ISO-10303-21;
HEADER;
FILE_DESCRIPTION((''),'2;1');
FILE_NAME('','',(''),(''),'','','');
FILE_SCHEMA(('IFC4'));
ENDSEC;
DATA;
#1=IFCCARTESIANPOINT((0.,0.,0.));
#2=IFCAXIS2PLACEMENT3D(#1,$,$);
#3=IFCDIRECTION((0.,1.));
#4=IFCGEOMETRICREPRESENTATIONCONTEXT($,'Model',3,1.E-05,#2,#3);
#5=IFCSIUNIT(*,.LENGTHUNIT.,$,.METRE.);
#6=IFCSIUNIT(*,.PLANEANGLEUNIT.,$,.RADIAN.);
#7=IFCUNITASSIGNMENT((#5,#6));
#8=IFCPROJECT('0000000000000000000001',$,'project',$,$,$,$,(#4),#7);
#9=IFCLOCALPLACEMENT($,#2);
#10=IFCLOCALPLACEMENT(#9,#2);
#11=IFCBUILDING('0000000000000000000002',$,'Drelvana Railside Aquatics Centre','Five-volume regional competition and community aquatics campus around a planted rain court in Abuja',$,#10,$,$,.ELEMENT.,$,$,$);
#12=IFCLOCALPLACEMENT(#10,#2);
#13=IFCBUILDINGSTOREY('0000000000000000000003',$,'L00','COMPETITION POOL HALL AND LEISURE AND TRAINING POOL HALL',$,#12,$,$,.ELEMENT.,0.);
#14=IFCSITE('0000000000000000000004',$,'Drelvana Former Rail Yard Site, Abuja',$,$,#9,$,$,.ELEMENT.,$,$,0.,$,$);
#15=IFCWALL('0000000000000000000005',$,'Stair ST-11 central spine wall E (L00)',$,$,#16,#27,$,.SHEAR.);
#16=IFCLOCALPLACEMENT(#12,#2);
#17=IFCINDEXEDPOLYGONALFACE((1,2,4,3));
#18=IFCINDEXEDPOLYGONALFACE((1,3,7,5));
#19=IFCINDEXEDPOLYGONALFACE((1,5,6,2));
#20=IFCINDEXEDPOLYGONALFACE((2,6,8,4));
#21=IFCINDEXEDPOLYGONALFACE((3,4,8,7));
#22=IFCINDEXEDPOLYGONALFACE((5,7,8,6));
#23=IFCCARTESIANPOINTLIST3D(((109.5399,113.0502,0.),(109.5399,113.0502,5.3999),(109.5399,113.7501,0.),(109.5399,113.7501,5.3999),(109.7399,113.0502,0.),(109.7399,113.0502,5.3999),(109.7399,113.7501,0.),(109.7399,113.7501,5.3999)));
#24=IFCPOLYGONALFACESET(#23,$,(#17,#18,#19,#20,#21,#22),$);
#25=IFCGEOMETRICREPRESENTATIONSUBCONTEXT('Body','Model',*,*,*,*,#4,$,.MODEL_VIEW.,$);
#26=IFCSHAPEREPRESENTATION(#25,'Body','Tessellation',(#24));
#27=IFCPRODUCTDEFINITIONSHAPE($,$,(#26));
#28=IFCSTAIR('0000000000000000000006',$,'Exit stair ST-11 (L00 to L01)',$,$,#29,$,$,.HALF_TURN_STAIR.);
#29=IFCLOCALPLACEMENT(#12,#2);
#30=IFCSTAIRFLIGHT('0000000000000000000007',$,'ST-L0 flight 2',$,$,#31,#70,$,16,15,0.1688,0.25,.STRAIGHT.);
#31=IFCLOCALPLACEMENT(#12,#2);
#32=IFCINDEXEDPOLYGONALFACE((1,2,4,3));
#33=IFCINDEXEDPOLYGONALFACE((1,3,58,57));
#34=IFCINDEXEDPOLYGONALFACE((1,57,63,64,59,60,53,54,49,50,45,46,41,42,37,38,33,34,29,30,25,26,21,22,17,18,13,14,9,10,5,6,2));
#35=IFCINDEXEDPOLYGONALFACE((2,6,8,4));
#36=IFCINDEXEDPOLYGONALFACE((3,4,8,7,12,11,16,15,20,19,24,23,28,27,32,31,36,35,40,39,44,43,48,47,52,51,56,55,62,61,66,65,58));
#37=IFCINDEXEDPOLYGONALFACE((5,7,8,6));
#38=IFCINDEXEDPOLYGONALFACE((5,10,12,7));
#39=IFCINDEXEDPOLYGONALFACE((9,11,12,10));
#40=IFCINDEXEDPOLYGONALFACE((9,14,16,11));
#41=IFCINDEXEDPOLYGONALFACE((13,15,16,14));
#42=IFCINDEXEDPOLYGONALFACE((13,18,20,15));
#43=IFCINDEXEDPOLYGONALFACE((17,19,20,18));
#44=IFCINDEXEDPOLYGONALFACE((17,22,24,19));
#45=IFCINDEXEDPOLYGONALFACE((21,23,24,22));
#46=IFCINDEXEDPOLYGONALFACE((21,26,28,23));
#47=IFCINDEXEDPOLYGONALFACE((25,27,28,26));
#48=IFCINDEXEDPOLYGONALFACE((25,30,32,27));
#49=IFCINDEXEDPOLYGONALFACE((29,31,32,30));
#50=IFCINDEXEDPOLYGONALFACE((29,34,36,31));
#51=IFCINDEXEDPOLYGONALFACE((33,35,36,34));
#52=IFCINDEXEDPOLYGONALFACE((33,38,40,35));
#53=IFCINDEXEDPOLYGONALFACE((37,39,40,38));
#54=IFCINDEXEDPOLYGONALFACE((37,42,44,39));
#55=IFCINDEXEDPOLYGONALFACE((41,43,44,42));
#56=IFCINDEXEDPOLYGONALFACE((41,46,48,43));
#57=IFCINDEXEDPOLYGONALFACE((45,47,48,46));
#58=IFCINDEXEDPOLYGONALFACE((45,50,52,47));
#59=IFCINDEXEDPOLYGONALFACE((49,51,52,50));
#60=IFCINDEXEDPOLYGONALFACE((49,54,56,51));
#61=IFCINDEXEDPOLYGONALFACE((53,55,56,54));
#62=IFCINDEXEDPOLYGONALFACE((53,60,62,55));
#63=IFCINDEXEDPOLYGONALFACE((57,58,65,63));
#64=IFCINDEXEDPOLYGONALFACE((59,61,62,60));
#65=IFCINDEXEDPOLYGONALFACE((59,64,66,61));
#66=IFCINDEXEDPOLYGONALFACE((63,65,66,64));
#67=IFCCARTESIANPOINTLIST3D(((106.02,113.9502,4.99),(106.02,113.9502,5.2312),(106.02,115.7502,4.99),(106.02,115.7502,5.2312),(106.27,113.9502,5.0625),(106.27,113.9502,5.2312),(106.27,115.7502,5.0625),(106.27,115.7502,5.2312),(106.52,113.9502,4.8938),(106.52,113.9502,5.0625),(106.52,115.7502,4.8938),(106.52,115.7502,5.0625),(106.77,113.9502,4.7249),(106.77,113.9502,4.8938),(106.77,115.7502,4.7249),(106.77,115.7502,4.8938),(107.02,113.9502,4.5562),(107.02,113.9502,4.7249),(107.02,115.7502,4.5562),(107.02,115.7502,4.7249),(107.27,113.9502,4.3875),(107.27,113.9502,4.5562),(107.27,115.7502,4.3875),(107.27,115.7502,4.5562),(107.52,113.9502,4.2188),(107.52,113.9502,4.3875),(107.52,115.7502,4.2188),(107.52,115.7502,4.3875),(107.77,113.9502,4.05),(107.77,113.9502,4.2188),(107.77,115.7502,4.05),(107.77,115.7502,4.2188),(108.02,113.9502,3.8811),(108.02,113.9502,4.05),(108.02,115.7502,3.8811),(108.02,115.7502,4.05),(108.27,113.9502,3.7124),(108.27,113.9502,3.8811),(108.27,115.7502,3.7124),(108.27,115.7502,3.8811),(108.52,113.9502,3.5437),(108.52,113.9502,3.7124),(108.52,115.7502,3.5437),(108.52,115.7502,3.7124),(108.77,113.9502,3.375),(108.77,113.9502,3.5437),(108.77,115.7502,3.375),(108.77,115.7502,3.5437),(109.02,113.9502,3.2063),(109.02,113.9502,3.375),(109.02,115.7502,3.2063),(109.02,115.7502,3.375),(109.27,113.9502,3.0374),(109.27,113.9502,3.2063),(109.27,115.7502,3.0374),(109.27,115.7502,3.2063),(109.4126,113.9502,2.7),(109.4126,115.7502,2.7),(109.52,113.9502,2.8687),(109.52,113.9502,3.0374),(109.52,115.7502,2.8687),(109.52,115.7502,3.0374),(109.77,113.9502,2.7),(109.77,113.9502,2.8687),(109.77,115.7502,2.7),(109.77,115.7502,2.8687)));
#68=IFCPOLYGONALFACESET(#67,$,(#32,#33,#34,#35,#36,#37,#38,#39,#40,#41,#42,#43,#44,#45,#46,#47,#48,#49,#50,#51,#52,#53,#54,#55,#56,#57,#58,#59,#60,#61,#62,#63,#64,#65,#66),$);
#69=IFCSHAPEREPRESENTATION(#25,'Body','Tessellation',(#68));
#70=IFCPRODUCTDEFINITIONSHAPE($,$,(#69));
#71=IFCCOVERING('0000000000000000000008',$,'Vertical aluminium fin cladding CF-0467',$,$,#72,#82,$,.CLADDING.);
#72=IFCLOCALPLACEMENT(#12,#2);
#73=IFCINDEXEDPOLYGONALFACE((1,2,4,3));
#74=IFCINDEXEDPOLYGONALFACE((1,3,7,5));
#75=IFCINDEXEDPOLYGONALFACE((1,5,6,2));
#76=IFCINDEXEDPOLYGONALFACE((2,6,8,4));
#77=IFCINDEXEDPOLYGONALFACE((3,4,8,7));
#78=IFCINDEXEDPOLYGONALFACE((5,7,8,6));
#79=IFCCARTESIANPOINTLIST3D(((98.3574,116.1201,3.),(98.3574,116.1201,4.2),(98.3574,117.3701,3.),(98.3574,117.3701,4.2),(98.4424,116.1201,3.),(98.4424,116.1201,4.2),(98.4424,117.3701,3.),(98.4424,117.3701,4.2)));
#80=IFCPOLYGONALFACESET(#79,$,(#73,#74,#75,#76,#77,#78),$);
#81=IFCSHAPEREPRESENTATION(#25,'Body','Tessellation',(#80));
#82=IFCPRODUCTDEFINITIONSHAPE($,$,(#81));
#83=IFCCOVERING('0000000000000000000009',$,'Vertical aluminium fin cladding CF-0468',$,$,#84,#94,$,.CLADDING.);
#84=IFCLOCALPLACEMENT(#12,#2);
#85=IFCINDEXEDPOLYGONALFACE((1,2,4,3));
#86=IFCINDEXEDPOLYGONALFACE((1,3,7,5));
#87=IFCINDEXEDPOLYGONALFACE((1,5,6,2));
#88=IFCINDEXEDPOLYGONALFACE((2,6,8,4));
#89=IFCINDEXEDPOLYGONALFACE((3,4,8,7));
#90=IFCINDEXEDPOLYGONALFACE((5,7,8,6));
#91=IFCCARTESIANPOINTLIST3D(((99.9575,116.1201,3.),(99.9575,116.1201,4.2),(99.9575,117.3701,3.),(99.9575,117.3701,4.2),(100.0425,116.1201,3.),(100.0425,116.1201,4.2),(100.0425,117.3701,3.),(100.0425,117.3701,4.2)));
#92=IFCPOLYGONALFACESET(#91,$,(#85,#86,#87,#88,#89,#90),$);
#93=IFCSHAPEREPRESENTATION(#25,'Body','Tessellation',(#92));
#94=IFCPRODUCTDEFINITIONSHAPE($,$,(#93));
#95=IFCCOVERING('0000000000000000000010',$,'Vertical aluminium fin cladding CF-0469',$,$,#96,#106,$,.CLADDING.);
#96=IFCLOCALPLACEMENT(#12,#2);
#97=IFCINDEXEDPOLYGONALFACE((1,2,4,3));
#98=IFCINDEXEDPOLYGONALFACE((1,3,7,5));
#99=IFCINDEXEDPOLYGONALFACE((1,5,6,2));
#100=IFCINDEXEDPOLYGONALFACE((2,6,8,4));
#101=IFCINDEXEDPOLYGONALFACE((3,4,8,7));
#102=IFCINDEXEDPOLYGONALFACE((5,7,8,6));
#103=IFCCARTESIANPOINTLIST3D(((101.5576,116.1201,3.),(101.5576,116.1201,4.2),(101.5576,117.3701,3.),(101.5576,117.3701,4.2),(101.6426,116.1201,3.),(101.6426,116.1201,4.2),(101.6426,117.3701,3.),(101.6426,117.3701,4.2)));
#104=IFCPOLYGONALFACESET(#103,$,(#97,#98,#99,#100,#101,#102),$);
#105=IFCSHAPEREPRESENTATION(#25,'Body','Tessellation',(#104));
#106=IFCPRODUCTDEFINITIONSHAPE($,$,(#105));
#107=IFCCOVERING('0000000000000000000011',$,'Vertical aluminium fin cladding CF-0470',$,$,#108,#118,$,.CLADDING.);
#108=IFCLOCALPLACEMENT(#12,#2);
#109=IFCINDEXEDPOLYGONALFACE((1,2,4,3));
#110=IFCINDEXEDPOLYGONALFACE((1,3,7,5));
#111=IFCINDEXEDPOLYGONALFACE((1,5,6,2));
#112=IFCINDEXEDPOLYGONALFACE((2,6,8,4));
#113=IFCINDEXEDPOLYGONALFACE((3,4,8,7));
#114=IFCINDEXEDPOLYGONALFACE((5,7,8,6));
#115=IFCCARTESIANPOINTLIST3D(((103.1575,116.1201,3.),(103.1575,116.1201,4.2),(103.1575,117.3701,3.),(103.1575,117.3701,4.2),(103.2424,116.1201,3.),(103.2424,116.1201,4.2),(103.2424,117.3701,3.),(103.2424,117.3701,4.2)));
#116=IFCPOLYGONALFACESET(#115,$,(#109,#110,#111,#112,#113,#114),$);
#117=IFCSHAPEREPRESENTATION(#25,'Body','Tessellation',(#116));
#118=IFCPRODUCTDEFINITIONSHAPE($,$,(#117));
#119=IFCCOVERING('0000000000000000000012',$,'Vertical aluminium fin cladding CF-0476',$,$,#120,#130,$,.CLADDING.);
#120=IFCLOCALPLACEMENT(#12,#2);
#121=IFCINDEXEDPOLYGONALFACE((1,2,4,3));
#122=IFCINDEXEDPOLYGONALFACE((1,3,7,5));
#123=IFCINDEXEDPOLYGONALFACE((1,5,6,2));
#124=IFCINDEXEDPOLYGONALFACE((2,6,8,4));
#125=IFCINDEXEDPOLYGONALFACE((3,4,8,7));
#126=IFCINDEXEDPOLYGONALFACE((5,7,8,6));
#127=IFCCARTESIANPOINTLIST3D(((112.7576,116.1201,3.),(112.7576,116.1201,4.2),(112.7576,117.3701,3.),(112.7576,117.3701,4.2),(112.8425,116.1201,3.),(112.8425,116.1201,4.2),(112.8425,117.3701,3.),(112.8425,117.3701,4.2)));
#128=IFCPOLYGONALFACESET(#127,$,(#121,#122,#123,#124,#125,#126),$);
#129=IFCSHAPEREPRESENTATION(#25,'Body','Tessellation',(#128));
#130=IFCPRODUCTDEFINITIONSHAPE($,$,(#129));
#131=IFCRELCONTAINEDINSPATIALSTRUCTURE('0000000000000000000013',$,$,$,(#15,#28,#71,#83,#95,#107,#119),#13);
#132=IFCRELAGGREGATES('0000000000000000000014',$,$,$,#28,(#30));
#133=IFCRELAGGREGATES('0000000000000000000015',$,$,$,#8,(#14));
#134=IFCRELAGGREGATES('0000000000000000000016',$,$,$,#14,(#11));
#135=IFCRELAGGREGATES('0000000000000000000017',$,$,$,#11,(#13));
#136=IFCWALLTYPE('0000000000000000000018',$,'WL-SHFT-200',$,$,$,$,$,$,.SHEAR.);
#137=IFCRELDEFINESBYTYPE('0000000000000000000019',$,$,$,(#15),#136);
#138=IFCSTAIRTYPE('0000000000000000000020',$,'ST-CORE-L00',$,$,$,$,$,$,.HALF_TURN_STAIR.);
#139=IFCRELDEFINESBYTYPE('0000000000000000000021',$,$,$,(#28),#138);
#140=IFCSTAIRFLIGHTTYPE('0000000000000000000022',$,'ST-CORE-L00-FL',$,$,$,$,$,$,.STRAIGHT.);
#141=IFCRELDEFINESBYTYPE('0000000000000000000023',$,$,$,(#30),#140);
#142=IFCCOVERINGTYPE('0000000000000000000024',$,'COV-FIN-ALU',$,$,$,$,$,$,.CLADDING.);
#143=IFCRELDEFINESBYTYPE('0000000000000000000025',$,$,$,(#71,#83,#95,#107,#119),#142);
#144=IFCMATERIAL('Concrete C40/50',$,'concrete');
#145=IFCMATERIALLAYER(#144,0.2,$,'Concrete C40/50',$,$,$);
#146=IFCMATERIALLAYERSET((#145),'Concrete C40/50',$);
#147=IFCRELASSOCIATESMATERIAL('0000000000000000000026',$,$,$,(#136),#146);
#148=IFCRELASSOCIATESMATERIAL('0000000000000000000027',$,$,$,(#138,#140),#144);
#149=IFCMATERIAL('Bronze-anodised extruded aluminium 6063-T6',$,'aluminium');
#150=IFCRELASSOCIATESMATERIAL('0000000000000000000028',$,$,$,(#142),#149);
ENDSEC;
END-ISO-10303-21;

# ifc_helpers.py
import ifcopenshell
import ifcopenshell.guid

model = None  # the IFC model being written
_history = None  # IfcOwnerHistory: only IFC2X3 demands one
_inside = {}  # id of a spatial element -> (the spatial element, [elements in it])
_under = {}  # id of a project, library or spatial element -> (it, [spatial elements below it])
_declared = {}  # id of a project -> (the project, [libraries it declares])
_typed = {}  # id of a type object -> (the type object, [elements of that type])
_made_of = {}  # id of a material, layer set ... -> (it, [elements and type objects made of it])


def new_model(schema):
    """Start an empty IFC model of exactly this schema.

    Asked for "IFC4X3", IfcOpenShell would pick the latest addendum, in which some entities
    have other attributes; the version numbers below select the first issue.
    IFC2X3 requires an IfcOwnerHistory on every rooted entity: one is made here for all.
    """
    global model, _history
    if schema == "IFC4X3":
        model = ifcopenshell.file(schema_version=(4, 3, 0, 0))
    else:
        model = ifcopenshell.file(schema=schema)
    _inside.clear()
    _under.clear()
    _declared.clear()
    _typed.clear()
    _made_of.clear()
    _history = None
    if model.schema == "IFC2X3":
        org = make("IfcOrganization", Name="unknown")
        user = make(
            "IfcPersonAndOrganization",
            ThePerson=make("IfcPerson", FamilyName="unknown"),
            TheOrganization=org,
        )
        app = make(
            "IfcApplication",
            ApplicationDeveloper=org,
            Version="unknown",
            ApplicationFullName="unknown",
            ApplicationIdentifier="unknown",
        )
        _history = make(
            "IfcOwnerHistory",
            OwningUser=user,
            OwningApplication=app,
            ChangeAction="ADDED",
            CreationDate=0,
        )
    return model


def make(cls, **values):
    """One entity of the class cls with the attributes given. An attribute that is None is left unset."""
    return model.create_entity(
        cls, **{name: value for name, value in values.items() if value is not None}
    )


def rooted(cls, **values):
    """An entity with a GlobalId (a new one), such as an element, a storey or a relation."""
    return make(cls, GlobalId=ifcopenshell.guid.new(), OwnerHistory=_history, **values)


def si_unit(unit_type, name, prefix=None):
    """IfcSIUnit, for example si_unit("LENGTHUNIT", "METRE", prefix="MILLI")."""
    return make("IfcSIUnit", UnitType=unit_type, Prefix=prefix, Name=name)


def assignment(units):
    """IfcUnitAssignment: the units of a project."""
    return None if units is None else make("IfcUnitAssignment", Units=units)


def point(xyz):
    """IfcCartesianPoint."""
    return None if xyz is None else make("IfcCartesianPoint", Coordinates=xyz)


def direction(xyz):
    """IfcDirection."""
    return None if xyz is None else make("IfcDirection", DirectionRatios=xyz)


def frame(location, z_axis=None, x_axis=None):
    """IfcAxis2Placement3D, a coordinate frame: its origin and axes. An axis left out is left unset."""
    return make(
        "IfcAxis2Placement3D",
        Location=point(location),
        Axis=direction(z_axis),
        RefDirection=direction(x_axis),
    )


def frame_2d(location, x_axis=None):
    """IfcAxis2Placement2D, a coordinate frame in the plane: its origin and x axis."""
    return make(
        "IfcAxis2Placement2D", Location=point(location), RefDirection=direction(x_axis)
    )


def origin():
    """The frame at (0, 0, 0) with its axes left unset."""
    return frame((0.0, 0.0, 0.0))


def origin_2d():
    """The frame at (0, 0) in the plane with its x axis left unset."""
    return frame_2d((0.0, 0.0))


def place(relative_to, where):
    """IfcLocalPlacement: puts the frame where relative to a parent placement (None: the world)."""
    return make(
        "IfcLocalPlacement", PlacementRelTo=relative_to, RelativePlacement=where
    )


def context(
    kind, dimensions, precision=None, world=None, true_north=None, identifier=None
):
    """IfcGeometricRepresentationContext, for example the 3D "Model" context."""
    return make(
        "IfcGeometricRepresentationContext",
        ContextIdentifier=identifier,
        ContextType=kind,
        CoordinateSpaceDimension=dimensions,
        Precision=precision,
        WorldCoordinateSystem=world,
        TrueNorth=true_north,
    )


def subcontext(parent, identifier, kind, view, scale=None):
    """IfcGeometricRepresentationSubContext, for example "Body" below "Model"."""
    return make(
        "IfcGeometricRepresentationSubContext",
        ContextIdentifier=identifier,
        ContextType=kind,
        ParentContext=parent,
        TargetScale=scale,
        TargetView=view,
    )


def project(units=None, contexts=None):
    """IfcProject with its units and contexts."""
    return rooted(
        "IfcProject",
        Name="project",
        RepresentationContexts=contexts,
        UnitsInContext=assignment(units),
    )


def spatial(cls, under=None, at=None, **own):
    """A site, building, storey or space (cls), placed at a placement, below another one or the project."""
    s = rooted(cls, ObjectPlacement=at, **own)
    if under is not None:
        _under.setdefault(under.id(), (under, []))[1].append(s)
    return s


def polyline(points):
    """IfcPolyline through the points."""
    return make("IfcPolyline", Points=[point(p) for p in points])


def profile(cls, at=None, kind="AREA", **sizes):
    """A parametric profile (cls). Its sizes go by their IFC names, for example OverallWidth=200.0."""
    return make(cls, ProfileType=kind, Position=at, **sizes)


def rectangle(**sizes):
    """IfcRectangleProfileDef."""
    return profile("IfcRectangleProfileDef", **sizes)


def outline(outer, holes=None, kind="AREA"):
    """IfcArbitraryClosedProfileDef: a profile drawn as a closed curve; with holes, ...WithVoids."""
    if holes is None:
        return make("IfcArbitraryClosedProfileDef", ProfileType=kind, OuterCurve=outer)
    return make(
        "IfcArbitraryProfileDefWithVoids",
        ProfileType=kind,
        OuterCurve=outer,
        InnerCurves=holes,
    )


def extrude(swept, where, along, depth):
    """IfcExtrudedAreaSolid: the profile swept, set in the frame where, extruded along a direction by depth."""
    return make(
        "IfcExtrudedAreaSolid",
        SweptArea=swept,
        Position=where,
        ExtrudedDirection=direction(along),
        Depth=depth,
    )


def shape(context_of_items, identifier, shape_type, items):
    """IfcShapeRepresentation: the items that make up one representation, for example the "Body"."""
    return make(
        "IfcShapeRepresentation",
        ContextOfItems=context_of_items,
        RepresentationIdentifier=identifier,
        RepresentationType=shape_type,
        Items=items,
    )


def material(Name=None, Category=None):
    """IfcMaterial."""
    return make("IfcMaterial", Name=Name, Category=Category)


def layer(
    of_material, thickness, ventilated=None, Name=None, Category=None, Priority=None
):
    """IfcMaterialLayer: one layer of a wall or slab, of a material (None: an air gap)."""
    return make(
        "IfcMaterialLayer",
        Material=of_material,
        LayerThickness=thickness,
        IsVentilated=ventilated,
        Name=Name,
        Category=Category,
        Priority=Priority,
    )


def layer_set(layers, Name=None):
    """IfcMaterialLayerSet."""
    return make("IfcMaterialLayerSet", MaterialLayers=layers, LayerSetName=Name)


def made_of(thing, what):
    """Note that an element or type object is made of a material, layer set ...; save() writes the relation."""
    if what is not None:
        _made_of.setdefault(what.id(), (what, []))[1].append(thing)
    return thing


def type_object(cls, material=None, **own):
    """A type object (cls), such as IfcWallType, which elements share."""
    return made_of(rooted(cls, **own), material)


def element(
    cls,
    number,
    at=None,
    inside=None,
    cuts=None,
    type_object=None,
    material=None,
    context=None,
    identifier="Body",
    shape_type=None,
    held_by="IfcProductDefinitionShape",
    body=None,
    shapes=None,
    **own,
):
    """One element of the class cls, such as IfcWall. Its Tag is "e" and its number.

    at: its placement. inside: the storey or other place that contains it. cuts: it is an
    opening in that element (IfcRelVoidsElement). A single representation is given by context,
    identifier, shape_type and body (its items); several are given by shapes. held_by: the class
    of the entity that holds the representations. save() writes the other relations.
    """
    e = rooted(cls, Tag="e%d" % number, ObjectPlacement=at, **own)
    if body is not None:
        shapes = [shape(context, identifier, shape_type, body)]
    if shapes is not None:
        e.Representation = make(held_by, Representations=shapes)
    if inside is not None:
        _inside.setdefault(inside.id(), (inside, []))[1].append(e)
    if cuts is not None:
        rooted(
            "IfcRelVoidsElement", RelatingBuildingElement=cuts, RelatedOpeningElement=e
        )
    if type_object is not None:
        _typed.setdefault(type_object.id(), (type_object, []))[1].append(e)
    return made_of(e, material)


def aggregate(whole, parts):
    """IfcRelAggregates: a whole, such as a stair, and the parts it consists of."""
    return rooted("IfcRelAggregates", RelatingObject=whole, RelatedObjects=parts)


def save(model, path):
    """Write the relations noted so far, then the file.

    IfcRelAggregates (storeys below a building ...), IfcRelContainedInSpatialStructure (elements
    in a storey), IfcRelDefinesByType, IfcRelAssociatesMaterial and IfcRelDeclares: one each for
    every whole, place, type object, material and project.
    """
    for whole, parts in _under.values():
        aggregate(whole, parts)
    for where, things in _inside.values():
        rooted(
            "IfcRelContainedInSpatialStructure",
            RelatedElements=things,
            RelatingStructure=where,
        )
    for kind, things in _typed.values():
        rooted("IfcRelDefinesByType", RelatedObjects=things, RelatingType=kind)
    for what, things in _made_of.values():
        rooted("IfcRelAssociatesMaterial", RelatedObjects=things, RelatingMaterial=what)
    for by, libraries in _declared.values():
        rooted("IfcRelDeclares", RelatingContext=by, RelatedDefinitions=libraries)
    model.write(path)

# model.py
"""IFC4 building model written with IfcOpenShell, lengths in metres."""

from ifc_helpers import new_model, si_unit, direction, frame, frame_2d, origin, origin_2d, place, context, subcontext, project, spatial, polyline, rectangle, outline, extrude, material, layer, layer_set, type_object, element, aggregate, save


model = new_model("IFC4")

# Units and contexts
model_context = context("Model", 3, precision=1e-05, world=origin(), true_north=direction((0.0, 1.0)))
body_context = subcontext(model_context, "Body", "Model", "MODEL_VIEW")
ifc_project = project(units=[si_unit("LENGTHUNIT", "METRE"), si_unit("PLANEANGLEUNIT", "RADIAN")], contexts=[model_context])

# Site, building, storey
site_placement = place(None, origin())
site = spatial("IfcSite", under=ifc_project, at=site_placement, Name="Drelvana Former Rail Yard Site, Abuja", CompositionType="ELEMENT", RefElevation=0.0)
building_placement = place(site_placement, origin())
building = spatial("IfcBuilding", under=site, at=building_placement, Name="Drelvana Railside Aquatics Centre", Description="Five-volume regional competition and community aquatics campus around a planted rain court in Abuja", CompositionType="ELEMENT")
storey_placement = place(building_placement, origin())
storey = spatial("IfcBuildingStorey", under=building, at=storey_placement, Name="L00", Description="COMPETITION POOL HALL AND LEISURE AND TRAINING POOL HALL", CompositionType="ELEMENT", Elevation=0.0)

# Shared definitions
ifc_material_1 = material(Name="Concrete C40/50", Category="concrete")

# Wall
ifc_layer_1 = layer(ifc_material_1, 0.2, Name="Concrete C40/50")
ifc_layer_set_1 = layer_set([ifc_layer_1], Name="Concrete C40/50")
wall_type_1 = type_object("IfcWallType", Name="WL-SHFT-200", PredefinedType="SHEAR", material=ifc_layer_set_1)
for number, where, z_axis, x_axis, name in (
    (1, (109.6399, 113.05, 0.0), (0.0, 0.0, 1.0), (0.0, 1.0, 0.0), "Stair ST-11 central spine wall E (L00)"),
):
    element("IfcWall", number, at=place(storey_placement, frame(where, z_axis=z_axis, x_axis=x_axis)), inside=storey, type_object=wall_type_1, Name=name, PredefinedType="SHEAR", context=body_context, shape_type="SweptSolid", body=[
        extrude(rectangle(XDim=0.7, YDim=0.2, at=frame_2d((0.3501, 0.0))), origin(), (0.0, 0.0, 1.0), 5.3999),
    ])

# Stair, stair flight
stair_type = type_object("IfcStairType", Name="ST-CORE-L00", PredefinedType="HALF_TURN_STAIR", material=ifc_material_1)
stair_placement = place(storey_placement, origin())
stair = element("IfcStair", 2, at=stair_placement, inside=storey, type_object=stair_type, Name="Exit stair ST-11 (L00 to L01)", PredefinedType="HALF_TURN_STAIR")
stair_flight_type = type_object("IfcStairFlightType", Name="ST-CORE-L00-FL", PredefinedType="STRAIGHT", material=ifc_material_1)
stair_flight_placement = place(storey_placement, frame((109.77, 114.8501, 2.7), z_axis=(0.0, 0.0, 1.0), x_axis=(-1.0, 0.0, 0.0)))
stair_flight = element("IfcStairFlight", 3, at=stair_flight_placement, type_object=stair_flight_type, Name="ST-L0 flight 2", NumberOfRisers=16, NumberOfTreads=15, PredefinedType="STRAIGHT", RiserHeight=0.1688, TreadLength=0.25, context=body_context, shape_type="SweptSolid", body=[
    extrude(outline(polyline([(0.0, 0.0), (0.0, 0.1687), (0.25, 0.1687), (0.25, 0.3374), (0.5, 0.3374), (0.5, 0.5063), (0.75, 0.5063), (0.75, 0.675), (1.0, 0.675), (1.0, 0.8438), (1.25, 0.8438), (1.25, 1.0125), (1.5, 1.0125), (1.5, 1.1812), (1.75, 1.1812), (1.75, 1.3501), (2.0, 1.3501), (2.0, 1.5188), (2.25, 1.5188), (2.25, 1.6875), (2.5, 1.6875), (2.5, 1.8562), (2.75, 1.8562), (2.75, 2.0249), (3.0, 2.0249), (3.0, 2.1938), (3.25, 2.1938), (3.25, 2.3625), (3.5, 2.3625), (3.5, 2.5312), (3.75, 2.5312), (3.75, 2.7), (3.75, 2.29), (0.3574, 0.0), (0.0, 0.0)])), frame((0.0, 0.8999, 0.0), z_axis=(0.0, -1.0, 0.0), x_axis=(1.0, 0.0, 0.0)), (0.0, 0.0, 1.0), 1.8),
])
aggregate(stair, [stair_flight])

# Coverings
ifc_material_2 = material(Name="Bronze-anodised extruded aluminium 6063-T6", Category="aluminium")
covering_type = type_object("IfcCoveringType", Name="COV-FIN-ALU", PredefinedType="CLADDING", material=ifc_material_2)
for number, where, z_axis, x_axis, name in (
    (4, (98.3999, 116.7451, 3.0), (0.0, 0.0, 1.0), (1.0, 0.0, 0.0), "Vertical aluminium fin cladding CF-0467"),
    (5, (100.0, 116.7451, 3.0), (0.0, 0.0, 1.0), (1.0, 0.0, 0.0), "Vertical aluminium fin cladding CF-0468"),
    (6, (101.6001, 116.7451, 3.0), (0.0, 0.0, 1.0), (1.0, 0.0, 0.0), "Vertical aluminium fin cladding CF-0469"),
    (7, (103.2, 116.7451, 3.0), (0.0, 0.0, 1.0), (1.0, 0.0, 0.0), "Vertical aluminium fin cladding CF-0470"),
    (8, (112.8, 116.7451, 3.0), (0.0, 0.0, 1.0), (1.0, 0.0, 0.0), "Vertical aluminium fin cladding CF-0476"),
):
    element("IfcCovering", number, at=place(storey_placement, frame(where, z_axis=z_axis, x_axis=x_axis)), inside=storey, type_object=covering_type, Name=name, PredefinedType="CLADDING", context=body_context, shape_type="SweptSolid", body=[
        extrude(rectangle(XDim=0.085, YDim=1.25, at=origin_2d()), origin(), (0.0, 0.0, 1.0), 1.2),
    ])

save(model, "model.ifc")
